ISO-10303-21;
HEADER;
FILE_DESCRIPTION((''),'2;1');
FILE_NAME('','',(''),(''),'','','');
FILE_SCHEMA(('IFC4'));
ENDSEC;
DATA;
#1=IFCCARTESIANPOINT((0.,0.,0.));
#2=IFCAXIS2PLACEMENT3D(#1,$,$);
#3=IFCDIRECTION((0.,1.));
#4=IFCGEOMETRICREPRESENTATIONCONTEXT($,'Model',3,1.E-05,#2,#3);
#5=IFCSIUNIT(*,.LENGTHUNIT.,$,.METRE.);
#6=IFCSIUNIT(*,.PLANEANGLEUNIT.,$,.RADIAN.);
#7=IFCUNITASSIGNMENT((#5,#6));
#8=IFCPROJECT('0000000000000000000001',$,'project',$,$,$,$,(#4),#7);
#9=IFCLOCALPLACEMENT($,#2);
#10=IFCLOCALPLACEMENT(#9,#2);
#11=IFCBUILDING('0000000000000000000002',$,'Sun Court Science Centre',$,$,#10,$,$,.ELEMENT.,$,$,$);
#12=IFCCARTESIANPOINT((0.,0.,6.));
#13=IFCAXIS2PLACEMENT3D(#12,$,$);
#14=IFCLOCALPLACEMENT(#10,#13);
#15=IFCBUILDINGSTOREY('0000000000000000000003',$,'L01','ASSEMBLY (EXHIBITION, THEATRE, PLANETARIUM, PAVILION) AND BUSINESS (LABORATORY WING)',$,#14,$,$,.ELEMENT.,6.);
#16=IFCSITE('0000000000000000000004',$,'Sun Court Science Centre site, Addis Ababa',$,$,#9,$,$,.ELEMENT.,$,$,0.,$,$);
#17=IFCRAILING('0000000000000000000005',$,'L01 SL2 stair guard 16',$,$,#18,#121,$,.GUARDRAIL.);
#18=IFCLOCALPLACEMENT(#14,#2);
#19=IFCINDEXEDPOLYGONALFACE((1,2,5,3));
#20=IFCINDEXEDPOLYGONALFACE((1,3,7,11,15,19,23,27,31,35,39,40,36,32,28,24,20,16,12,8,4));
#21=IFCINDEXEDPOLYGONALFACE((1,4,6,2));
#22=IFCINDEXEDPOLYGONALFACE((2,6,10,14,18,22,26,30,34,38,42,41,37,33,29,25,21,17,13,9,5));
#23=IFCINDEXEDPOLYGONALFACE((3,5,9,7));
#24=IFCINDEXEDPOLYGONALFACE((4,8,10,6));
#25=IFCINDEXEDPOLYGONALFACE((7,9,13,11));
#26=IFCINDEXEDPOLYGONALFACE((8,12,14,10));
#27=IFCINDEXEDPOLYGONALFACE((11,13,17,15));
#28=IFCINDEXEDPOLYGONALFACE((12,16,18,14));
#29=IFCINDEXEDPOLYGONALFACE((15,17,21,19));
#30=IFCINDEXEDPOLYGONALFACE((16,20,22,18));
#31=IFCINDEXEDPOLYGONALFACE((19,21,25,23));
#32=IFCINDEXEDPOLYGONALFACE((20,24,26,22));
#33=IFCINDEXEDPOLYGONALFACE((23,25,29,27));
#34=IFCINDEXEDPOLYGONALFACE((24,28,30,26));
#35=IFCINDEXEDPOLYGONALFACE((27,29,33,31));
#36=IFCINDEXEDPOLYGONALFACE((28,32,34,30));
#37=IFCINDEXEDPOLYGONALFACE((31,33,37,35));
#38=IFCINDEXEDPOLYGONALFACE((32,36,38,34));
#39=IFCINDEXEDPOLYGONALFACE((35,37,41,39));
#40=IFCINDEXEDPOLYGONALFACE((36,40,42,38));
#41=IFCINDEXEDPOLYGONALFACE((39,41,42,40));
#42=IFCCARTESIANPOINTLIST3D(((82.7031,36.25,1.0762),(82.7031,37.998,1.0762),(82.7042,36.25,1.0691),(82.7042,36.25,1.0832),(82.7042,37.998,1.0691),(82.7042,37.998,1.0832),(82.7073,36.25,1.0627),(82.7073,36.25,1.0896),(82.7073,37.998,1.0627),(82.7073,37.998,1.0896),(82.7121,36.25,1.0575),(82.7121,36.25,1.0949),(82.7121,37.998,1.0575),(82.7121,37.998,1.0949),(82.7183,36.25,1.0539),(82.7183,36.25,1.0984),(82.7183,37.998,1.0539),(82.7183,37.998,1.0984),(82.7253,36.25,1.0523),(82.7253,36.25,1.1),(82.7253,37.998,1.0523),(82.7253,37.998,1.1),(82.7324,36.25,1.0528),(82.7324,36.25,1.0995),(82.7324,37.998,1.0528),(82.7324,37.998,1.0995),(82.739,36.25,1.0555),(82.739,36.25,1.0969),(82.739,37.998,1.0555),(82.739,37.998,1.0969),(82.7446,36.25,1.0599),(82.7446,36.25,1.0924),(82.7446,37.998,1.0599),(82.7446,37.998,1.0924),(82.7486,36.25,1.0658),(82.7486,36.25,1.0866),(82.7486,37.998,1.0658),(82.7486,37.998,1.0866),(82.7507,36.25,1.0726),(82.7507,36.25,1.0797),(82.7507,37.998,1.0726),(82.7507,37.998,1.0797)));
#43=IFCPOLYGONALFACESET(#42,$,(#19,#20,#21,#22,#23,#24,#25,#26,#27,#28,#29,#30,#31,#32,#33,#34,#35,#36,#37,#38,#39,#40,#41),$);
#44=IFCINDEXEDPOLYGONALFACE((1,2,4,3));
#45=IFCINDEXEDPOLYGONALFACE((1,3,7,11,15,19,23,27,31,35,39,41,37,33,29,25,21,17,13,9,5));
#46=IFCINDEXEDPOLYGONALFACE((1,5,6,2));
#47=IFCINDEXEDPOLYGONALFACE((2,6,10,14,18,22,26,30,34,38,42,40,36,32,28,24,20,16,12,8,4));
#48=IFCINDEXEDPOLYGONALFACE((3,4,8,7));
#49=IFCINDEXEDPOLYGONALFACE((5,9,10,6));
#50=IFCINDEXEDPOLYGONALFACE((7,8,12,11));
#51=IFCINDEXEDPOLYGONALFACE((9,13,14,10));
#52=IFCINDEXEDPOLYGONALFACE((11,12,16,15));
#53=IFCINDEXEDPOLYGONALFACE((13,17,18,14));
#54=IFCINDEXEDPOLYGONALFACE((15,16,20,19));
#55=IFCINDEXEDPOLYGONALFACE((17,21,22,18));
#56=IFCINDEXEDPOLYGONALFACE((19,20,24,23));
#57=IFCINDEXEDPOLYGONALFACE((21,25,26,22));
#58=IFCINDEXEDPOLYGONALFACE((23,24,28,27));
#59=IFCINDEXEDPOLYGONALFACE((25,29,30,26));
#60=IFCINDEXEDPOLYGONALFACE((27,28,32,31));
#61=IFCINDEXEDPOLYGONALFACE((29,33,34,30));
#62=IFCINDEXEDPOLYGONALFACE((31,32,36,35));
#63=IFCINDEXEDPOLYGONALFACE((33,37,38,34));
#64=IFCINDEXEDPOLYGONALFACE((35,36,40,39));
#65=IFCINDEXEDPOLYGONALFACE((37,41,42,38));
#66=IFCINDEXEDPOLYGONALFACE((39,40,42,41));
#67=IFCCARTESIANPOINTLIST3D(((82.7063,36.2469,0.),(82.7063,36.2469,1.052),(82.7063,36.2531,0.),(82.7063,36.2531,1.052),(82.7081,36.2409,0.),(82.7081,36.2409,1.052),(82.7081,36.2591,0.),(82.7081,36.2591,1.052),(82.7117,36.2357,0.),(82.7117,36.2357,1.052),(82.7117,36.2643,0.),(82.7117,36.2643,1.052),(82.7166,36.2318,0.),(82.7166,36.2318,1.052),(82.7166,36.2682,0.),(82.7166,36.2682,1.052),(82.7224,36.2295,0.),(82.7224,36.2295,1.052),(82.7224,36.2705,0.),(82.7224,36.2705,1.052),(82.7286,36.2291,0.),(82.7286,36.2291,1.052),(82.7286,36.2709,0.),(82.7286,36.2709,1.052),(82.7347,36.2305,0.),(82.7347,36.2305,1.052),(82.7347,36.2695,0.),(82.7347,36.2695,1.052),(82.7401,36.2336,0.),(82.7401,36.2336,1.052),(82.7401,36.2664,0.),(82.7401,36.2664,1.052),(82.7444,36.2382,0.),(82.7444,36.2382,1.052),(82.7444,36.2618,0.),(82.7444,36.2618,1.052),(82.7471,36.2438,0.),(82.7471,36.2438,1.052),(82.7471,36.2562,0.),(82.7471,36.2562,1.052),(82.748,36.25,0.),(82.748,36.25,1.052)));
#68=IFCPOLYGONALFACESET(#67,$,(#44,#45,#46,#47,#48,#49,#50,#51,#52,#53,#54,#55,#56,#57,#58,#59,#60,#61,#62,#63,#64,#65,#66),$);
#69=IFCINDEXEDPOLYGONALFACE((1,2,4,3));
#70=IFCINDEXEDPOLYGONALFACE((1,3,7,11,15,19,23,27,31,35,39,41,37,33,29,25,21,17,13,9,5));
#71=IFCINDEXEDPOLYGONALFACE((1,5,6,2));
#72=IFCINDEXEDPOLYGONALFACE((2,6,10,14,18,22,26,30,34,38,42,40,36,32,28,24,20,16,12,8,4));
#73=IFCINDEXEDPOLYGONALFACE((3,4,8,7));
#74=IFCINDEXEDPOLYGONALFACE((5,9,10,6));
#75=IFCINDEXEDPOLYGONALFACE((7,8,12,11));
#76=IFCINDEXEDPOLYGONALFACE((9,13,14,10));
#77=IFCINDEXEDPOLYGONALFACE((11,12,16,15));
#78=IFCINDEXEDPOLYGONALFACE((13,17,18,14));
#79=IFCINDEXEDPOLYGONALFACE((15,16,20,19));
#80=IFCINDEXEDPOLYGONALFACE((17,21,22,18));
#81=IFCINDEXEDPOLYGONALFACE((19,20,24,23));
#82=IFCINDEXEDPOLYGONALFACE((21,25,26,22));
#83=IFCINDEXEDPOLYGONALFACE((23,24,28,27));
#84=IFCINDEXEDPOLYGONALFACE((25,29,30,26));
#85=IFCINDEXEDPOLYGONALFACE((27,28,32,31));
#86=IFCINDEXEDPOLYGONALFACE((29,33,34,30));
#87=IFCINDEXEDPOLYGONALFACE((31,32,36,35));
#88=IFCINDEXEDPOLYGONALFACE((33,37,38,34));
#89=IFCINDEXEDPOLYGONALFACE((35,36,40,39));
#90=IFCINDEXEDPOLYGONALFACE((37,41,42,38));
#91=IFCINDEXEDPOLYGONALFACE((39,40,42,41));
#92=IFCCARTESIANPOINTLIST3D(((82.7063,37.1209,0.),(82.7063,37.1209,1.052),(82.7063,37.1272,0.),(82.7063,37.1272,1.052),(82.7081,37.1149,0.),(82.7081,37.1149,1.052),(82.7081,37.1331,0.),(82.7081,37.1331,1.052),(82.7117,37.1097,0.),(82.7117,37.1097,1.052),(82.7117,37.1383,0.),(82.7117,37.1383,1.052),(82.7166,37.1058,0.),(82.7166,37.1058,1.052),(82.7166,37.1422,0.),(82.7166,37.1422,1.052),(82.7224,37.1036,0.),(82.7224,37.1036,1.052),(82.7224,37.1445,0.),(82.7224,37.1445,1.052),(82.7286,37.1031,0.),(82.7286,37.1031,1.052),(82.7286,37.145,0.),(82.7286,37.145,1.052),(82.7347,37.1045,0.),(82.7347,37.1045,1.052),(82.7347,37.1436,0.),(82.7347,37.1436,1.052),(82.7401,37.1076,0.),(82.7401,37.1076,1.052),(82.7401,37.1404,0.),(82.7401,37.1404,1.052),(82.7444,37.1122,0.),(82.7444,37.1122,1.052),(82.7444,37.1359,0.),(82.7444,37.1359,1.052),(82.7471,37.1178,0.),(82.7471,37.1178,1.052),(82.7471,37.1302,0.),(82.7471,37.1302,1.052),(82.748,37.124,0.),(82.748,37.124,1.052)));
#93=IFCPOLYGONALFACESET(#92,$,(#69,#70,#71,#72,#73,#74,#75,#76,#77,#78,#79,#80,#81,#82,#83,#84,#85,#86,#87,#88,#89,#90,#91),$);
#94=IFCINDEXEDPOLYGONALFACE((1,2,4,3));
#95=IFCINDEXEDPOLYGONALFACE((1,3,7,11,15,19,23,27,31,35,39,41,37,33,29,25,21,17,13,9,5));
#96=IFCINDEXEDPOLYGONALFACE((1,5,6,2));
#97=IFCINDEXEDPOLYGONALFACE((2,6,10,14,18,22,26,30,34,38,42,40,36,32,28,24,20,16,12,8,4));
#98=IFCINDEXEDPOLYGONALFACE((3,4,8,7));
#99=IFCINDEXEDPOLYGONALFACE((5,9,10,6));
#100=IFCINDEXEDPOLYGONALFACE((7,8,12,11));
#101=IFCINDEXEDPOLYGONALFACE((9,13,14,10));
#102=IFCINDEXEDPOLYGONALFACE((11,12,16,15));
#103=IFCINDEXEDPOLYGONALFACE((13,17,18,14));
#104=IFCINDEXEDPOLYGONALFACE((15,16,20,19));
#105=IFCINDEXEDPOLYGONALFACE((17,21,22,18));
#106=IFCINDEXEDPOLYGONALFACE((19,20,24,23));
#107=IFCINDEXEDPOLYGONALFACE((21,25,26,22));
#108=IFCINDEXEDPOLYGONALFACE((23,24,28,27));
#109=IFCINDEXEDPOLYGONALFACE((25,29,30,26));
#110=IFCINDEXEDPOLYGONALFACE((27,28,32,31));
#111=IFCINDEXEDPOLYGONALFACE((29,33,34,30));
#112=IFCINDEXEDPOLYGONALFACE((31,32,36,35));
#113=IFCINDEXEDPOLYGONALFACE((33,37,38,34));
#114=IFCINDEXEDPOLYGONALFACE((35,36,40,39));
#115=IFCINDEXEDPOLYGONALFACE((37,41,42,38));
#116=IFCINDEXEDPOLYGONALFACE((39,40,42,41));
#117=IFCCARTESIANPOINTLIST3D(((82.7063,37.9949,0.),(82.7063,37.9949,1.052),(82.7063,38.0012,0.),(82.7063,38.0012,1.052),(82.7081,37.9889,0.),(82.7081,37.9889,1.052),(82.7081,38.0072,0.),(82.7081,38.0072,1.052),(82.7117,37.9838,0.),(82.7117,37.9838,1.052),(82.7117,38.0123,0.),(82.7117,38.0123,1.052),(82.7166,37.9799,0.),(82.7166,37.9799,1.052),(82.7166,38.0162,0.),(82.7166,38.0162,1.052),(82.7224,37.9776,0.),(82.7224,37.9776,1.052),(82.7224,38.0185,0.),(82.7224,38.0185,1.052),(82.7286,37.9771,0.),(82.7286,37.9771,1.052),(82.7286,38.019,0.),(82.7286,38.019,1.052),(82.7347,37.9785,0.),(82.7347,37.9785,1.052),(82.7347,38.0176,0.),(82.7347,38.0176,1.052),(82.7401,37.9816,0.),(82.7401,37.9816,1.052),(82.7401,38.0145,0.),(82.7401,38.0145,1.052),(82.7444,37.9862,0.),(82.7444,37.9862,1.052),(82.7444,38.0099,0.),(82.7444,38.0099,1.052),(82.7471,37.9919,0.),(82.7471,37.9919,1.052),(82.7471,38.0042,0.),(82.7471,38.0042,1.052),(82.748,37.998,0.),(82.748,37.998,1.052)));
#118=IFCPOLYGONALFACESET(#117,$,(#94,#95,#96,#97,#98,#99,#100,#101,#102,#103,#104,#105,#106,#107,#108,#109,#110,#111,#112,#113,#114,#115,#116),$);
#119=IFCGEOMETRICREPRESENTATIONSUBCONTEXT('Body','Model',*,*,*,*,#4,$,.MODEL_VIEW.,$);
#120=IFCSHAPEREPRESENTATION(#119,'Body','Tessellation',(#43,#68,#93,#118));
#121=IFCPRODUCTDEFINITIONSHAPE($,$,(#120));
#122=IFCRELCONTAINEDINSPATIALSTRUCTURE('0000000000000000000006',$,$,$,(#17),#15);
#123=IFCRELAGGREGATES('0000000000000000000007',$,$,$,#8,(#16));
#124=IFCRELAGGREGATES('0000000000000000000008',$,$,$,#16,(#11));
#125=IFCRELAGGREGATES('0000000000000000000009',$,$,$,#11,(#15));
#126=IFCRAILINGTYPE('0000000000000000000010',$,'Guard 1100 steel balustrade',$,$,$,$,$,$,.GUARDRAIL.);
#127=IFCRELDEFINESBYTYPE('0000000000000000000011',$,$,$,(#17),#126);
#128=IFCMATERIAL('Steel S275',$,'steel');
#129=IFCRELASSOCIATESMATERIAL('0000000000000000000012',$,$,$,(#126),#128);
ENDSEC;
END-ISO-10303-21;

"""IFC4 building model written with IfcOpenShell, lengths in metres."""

from ifc_helpers import new_model, si_unit, direction, frame, origin, origin_2d, place, context, subcontext, project, spatial, circle, extrude, material, type_object, element, save


model = new_model("IFC4")

# Units and contexts
model_context = context("Model", 3, precision=1e-05, world=origin(), true_north=direction((0.0, 1.0)))
body_context = subcontext(model_context, "Body", "Model", "MODEL_VIEW")
ifc_project = project(units=[si_unit("LENGTHUNIT", "METRE"), si_unit("PLANEANGLEUNIT", "RADIAN")], contexts=[model_context])

# Site, building, storey
site_placement = place(None, origin())
site = spatial("IfcSite", under=ifc_project, at=site_placement, Name="Sun Court Science Centre site, Addis Ababa", CompositionType="ELEMENT", RefElevation=0.0)
building_placement = place(site_placement, origin())
building = spatial("IfcBuilding", under=site, at=building_placement, Name="Sun Court Science Centre", CompositionType="ELEMENT")
storey_placement = place(building_placement, frame((0.0, 0.0, 6.0)))
storey = spatial("IfcBuildingStorey", under=building, at=storey_placement, Name="L01", Description="ASSEMBLY (EXHIBITION, THEATRE, PLANETARIUM, PAVILION) AND BUSINESS (LABORATORY WING)", CompositionType="ELEMENT", Elevation=6.0)

# Railing
ifc_material_1 = material(Name="Steel S275", Category="steel")
railing_type = type_object("IfcRailingType", Name="Guard 1100 steel balustrade", PredefinedType="GUARDRAIL", material=ifc_material_1)
for number, where, name in (
    (1, (82.7271, 36.25, 0.0), "L01 SL2 stair guard 16"),
):
    element("IfcRailing", number, at=place(storey_placement, frame(where)), inside=storey, type_object=railing_type, Name=name, PredefinedType="GUARDRAIL", context=body_context, shape_type="SweptSolid", body=[
        extrude(circle(Radius=0.0239, at=origin_2d()), frame((0.0, 0.0, 1.0762), z_axis=(0.0, 1.0, 0.0), x_axis=(-1.0, 0.0, 0.0)), (0.0, 0.0, 1.0), 1.748),
        extrude(circle(Radius=0.021, at=origin_2d()), origin(), (0.0, 0.0, 1.0), 1.052),
        extrude(circle(Radius=0.021, at=origin_2d()), frame((0.0, 0.874, 0.0)), (0.0, 0.0, 1.0), 1.052),
        extrude(circle(Radius=0.021, at=origin_2d()), frame((0.0, 1.748, 0.0)), (0.0, 0.0, 1.0), 1.052),
    ])

save(model, "model.ifc")
